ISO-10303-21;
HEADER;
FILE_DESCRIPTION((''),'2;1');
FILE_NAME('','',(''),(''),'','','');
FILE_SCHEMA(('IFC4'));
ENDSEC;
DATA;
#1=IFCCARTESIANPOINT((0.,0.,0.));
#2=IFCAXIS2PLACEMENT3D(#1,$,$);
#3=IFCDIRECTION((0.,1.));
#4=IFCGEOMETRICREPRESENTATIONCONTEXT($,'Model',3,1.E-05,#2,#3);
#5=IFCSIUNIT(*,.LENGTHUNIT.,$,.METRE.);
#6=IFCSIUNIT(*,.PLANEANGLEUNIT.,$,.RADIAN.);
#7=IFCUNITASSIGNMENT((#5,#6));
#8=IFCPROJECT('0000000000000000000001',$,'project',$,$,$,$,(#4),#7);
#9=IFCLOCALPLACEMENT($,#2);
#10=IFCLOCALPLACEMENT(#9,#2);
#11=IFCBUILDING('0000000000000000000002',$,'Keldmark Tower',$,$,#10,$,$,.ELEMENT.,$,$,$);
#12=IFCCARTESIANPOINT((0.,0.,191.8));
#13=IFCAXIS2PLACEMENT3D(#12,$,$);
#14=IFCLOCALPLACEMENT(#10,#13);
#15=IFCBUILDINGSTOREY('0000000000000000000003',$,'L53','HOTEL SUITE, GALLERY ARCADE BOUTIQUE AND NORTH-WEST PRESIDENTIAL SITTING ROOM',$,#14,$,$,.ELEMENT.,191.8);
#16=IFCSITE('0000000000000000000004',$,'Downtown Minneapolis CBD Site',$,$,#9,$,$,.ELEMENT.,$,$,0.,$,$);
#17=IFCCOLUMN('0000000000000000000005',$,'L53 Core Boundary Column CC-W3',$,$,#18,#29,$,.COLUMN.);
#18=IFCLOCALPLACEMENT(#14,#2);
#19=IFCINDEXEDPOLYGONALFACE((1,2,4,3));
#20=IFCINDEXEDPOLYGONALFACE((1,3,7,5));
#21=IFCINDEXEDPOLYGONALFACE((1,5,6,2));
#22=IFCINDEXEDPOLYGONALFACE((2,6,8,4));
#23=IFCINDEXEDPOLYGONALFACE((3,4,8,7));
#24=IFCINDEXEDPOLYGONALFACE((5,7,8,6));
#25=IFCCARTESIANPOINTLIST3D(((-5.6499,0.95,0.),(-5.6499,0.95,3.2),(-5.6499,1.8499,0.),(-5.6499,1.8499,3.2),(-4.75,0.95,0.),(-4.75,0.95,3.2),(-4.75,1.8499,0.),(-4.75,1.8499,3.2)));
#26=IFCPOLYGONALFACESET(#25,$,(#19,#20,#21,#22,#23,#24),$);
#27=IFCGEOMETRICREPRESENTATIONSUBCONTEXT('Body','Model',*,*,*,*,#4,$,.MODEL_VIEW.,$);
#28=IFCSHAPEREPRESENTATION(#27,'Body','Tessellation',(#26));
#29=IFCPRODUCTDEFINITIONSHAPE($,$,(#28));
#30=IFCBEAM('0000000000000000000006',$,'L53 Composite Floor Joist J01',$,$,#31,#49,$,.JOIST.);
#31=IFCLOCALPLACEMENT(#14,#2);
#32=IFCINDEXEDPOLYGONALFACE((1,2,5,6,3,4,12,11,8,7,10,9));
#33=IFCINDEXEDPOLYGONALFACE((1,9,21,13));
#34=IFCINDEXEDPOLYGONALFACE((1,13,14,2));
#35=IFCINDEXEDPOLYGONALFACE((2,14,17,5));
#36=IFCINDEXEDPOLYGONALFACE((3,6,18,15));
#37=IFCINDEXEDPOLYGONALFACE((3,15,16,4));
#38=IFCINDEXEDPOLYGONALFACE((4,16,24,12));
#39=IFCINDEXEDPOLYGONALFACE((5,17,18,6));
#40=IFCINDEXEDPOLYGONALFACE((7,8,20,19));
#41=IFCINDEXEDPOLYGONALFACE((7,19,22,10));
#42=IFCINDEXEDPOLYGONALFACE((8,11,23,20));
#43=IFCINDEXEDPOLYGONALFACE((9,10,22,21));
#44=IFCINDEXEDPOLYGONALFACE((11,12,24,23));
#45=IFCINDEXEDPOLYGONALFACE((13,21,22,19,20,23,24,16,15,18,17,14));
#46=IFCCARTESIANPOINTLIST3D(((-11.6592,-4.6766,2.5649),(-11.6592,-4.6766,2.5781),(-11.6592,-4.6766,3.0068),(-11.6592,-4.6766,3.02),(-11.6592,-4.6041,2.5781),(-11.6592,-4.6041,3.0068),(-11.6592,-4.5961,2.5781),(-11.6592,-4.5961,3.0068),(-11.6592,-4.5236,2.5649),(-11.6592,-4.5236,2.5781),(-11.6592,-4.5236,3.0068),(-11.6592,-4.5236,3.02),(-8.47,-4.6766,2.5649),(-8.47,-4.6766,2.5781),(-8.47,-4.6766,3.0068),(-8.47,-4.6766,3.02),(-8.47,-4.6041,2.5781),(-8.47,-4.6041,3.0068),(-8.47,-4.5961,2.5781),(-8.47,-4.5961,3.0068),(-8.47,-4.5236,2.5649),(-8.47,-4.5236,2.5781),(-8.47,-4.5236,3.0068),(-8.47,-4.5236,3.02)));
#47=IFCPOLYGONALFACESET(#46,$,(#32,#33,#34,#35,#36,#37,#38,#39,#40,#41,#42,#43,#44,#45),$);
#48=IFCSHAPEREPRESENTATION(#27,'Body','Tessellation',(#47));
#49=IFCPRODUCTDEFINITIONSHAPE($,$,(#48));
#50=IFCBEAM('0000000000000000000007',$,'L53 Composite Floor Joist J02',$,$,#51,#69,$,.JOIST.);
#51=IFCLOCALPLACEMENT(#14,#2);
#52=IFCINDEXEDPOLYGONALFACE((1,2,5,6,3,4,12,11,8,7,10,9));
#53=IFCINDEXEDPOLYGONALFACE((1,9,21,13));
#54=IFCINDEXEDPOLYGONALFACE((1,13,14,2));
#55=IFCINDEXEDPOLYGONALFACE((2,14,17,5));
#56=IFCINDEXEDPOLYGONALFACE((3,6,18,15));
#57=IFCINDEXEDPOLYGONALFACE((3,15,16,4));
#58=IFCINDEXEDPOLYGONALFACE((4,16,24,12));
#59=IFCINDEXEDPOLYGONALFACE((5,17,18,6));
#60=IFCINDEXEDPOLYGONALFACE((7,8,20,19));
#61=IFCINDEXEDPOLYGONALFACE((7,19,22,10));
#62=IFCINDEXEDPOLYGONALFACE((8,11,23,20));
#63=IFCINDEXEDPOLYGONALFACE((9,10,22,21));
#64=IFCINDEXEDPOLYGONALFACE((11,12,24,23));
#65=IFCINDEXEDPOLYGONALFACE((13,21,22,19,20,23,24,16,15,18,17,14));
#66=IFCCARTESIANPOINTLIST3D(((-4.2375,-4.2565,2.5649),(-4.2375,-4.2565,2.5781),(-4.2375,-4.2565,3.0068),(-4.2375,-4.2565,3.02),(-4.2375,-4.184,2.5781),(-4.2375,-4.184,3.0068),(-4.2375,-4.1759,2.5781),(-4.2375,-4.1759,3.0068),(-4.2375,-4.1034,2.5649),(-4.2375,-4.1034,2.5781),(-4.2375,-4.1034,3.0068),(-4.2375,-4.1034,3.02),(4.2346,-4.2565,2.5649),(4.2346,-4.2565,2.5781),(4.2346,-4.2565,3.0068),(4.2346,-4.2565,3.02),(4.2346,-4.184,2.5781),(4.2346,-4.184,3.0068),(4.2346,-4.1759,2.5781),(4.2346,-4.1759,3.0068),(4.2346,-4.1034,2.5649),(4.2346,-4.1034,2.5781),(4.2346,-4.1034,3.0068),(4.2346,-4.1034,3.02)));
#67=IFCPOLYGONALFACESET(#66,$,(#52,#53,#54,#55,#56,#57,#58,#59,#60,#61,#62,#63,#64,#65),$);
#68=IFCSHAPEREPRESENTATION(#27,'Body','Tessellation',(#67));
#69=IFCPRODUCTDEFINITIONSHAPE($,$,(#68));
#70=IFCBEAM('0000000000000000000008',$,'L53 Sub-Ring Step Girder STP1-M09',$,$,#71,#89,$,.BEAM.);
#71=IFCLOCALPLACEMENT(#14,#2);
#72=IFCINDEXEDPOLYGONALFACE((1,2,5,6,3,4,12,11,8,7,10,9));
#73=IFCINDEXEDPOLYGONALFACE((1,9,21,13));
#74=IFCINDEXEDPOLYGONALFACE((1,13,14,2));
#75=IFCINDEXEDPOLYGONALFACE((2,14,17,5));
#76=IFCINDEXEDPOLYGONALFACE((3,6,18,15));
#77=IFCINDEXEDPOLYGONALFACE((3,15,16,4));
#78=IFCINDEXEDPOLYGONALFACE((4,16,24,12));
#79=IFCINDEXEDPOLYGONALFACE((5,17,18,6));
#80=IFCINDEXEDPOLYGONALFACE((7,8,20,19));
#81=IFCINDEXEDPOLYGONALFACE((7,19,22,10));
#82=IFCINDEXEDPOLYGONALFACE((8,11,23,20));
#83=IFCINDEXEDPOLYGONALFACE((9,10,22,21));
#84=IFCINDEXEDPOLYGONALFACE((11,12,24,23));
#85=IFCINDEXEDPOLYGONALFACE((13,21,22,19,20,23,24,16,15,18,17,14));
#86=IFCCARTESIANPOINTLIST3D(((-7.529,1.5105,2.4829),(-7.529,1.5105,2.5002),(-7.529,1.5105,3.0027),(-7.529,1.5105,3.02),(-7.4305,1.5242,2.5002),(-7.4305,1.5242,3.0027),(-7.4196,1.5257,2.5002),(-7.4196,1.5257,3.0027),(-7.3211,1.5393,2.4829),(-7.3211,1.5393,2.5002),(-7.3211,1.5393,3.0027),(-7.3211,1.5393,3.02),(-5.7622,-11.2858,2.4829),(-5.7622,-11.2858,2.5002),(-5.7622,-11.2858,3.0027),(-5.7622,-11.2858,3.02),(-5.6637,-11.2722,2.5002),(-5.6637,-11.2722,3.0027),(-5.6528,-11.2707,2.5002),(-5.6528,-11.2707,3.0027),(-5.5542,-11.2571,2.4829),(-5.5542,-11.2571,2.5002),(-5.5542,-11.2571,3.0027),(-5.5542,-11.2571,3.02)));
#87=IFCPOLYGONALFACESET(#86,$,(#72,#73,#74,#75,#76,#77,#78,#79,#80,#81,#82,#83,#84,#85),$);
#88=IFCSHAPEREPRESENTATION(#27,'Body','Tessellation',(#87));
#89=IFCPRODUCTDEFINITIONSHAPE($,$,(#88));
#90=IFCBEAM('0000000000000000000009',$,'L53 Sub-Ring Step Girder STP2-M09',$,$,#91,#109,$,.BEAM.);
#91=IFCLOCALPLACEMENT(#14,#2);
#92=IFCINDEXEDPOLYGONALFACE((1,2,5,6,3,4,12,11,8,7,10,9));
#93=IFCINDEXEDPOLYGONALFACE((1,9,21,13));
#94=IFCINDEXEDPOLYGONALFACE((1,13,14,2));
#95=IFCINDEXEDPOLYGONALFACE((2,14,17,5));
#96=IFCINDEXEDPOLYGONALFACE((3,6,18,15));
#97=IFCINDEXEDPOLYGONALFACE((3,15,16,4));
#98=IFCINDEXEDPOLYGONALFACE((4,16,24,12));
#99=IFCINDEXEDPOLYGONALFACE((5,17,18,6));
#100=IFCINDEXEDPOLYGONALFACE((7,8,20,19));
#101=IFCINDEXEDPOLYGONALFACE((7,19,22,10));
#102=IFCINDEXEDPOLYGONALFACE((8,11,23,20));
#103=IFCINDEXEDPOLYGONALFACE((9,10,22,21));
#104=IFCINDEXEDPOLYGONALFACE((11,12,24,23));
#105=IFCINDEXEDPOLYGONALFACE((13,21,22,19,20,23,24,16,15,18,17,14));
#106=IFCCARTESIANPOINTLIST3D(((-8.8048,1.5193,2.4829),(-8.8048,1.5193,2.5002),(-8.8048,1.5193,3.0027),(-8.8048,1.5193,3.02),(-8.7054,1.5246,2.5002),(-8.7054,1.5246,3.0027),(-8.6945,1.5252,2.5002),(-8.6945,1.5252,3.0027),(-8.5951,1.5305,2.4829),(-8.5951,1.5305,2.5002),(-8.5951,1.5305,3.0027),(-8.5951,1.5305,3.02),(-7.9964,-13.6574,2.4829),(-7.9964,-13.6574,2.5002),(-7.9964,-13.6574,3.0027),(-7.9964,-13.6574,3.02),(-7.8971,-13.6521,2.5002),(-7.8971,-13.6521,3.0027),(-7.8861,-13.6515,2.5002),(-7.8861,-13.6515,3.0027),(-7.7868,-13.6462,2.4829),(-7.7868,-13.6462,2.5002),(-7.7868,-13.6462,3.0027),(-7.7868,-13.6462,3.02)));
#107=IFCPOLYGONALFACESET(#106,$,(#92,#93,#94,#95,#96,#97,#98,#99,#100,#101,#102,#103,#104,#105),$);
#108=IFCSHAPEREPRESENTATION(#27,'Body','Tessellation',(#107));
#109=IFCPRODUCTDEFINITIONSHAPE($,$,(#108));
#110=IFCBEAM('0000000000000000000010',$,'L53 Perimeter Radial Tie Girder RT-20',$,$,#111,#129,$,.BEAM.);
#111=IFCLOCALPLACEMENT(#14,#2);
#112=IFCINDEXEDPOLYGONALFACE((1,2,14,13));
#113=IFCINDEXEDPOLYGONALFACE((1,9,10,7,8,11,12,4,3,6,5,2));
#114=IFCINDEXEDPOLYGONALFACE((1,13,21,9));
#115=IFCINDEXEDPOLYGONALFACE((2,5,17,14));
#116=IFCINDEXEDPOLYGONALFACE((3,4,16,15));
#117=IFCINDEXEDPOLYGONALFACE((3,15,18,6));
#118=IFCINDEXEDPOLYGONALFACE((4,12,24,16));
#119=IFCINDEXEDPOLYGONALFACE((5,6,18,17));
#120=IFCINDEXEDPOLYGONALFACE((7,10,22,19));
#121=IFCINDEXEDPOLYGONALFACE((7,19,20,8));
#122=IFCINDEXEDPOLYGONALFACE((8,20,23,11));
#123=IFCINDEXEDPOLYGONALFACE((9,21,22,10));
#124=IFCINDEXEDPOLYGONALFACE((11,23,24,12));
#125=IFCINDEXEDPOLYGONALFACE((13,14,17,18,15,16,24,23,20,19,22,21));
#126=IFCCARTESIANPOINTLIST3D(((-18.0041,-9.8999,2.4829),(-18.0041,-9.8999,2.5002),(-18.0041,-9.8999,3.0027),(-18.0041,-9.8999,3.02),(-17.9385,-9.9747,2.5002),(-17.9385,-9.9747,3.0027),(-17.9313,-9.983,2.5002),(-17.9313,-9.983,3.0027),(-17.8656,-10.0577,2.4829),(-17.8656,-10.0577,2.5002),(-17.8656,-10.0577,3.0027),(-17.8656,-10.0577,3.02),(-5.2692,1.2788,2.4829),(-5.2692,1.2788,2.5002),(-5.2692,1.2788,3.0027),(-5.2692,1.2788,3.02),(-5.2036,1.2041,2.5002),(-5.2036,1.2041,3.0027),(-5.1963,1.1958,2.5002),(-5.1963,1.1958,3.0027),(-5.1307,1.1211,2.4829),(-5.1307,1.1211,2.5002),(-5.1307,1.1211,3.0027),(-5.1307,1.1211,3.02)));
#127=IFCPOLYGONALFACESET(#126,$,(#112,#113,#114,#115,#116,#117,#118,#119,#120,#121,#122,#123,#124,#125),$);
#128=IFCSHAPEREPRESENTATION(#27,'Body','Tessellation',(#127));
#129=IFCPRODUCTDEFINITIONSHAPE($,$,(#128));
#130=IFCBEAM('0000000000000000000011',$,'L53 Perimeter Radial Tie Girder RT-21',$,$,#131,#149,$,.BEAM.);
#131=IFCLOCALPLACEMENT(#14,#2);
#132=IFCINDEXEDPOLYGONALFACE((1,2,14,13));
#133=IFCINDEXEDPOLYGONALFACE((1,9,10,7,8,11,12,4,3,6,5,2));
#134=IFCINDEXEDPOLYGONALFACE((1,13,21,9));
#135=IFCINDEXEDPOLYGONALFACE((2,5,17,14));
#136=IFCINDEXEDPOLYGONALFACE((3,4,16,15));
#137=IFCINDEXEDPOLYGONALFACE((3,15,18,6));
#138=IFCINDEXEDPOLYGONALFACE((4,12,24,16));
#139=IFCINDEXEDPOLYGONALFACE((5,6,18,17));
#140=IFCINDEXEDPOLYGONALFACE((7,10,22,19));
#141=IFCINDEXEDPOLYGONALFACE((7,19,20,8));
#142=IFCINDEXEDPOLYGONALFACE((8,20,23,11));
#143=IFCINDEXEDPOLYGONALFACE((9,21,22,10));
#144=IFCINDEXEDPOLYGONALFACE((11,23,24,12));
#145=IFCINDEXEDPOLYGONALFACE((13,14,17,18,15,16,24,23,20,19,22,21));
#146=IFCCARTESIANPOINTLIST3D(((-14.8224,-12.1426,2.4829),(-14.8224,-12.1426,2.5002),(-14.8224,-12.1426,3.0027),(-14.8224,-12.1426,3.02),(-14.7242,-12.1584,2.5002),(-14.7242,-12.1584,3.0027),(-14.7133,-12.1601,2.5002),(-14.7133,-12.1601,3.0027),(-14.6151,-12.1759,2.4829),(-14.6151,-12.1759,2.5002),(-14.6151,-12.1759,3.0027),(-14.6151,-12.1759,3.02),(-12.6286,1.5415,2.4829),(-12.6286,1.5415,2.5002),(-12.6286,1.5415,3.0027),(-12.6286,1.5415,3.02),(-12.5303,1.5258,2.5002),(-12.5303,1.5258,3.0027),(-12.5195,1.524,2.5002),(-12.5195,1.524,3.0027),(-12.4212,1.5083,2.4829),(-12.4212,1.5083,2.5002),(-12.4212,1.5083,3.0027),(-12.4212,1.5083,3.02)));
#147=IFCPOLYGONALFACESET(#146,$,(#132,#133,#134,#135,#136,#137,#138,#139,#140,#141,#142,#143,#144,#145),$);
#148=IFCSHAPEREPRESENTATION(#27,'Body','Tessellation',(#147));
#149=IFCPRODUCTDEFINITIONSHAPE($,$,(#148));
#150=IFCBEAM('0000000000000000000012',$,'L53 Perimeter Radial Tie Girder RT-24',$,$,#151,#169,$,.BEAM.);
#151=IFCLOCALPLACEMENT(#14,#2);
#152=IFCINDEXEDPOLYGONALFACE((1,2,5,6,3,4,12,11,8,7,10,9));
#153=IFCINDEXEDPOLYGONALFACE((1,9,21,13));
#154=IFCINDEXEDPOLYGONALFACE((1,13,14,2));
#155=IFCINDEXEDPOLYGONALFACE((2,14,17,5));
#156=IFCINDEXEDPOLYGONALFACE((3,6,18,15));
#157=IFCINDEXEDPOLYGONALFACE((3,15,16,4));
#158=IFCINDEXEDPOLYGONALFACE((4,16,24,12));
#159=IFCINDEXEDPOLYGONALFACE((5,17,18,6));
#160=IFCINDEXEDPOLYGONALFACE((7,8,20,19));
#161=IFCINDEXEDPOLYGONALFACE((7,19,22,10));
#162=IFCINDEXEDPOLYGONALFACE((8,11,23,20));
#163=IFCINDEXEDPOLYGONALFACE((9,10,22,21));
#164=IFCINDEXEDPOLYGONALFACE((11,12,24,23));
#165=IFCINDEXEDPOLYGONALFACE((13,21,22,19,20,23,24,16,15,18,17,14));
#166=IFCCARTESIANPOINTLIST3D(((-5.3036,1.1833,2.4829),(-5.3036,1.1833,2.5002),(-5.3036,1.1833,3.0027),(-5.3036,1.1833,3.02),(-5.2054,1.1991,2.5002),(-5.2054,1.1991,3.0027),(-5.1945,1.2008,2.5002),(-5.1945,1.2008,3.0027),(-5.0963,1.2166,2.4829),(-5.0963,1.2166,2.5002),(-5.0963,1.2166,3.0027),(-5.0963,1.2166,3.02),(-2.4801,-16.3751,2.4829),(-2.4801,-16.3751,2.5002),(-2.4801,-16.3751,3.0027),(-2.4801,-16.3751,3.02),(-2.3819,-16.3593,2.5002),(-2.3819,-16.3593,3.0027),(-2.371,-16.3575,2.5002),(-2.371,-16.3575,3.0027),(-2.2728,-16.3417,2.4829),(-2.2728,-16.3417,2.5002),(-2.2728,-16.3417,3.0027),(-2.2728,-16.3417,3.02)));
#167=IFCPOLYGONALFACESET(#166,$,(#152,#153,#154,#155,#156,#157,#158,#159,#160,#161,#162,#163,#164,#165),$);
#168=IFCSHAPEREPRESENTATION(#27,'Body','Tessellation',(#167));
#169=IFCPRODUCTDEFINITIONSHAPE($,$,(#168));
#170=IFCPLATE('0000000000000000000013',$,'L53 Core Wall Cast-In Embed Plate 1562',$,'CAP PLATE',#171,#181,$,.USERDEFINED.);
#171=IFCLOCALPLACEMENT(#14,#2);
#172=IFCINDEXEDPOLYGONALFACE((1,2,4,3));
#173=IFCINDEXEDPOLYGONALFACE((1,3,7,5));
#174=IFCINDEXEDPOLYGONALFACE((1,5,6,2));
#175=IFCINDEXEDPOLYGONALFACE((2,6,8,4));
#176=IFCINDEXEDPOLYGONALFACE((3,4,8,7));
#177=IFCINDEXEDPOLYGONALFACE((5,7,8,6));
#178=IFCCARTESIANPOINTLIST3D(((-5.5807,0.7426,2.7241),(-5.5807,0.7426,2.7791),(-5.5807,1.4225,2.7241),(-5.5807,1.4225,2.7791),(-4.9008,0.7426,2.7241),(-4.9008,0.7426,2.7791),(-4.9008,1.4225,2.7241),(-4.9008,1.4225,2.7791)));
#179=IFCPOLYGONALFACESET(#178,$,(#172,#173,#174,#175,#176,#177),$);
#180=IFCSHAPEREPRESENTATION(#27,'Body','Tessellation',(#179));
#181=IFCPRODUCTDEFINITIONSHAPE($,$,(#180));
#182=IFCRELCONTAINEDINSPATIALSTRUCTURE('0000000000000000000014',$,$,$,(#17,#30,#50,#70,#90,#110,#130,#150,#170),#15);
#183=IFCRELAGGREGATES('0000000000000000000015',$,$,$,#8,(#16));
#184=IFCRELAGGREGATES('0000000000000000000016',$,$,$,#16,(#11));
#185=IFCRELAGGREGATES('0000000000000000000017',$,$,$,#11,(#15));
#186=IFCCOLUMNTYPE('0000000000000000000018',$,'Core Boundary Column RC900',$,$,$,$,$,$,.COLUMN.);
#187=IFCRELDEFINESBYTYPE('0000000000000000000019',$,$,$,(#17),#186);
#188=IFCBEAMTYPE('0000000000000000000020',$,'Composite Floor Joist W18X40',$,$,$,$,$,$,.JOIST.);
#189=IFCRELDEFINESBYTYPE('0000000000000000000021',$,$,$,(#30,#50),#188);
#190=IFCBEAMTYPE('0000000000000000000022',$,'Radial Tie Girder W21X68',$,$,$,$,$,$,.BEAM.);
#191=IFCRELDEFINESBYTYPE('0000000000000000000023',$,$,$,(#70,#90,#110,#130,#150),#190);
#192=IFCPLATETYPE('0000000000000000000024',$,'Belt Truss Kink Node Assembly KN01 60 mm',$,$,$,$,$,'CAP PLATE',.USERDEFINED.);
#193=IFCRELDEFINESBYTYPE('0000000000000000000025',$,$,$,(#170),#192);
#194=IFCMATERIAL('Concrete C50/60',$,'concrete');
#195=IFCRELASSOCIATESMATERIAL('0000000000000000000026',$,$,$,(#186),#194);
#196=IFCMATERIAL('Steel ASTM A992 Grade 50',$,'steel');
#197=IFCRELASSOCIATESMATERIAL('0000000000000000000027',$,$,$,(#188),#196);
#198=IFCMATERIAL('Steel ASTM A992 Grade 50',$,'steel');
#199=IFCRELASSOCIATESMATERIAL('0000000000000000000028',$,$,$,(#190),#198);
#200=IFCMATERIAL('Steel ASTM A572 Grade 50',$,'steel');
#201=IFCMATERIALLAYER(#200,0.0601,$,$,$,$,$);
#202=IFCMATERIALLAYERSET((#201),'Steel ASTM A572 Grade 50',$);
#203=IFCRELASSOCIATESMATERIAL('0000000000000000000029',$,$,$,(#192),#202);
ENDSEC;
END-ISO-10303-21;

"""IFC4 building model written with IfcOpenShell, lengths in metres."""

from ifc_helpers import new_model, si_unit, direction, frame, origin, origin_2d, place, context, subcontext, project, spatial, rectangle, i_section, extrude, material, layer, layer_set, material_profile, profile_set, type_object, element, save


model = new_model("IFC4")

# Units and contexts
model_context = context("Model", 3, precision=1e-05, world=origin(), true_north=direction((0.0, 1.0)))
body_context = subcontext(model_context, "Body", "Model", "MODEL_VIEW")
ifc_project = project(units=[si_unit("LENGTHUNIT", "METRE"), si_unit("PLANEANGLEUNIT", "RADIAN")], contexts=[model_context])

# Site, building, storey
site_placement = place(None, origin())
site = spatial("IfcSite", under=ifc_project, at=site_placement, Name="Downtown Minneapolis CBD Site", CompositionType="ELEMENT", RefElevation=0.0)
building_placement = place(site_placement, origin())
building = spatial("IfcBuilding", under=site, at=building_placement, Name="Keldmark Tower", CompositionType="ELEMENT")
storey_placement = place(building_placement, frame((0.0, 0.0, 191.8)))
storey = spatial("IfcBuildingStorey", under=building, at=storey_placement, Name="L53", Description="HOTEL SUITE, GALLERY ARCADE BOUTIQUE AND NORTH-WEST PRESIDENTIAL SITTING ROOM", CompositionType="ELEMENT", Elevation=191.8)

# Column
ifc_material_1 = material(Name="Concrete C50/60", Category="concrete")
ifc_material_profile_1 = material_profile(ifc_material_1, rectangle(XDim=0.8999, YDim=0.8999, at=origin_2d()), Name="RC900X900")
ifc_profile_set_1 = profile_set([ifc_material_profile_1], Name="Concrete C50/60")
column_type = type_object("IfcColumnType", Name="Core Boundary Column RC900", PredefinedType="COLUMN", material=ifc_profile_set_1)
column_placement = place(storey_placement, frame((-5.2, 1.3999, 0.0), z_axis=(0.0, 0.0, 1.0), x_axis=(1.0, 0.0, 0.0)))
element("IfcColumn", 1, at=column_placement, inside=storey, type_object=column_type, Name="L53 Core Boundary Column CC-W3", PredefinedType="COLUMN", context=body_context, shape_type="SweptSolid", body=[
    extrude(rectangle(XDim=0.8999, YDim=0.8999, at=origin_2d()), origin(), (0.0, 0.0, 1.0), 3.2),
])

# Beams
ifc_material_2 = material(Name="Steel ASTM A992 Grade 50", Category="steel")
ifc_material_profile_2 = material_profile(ifc_material_2, i_section(OverallWidth=0.1531, OverallDepth=0.4551, WebThickness=0.0081, FlangeThickness=0.0132, at=origin_2d()), Name="W18X40")
ifc_profile_set_2 = profile_set([ifc_material_profile_2], Name="Steel ASTM A992 Grade 50")
beam_type_1 = type_object("IfcBeamType", Name="Composite Floor Joist W18X40", PredefinedType="JOIST", material=ifc_profile_set_2)
beam_1_placement = place(storey_placement, frame((-11.6592, -4.6001, 2.7925), z_axis=(1.0, 0.0, 0.0), x_axis=(0.0, 1.0, 0.0)))
element("IfcBeam", 2, at=beam_1_placement, inside=storey, type_object=beam_type_1, Name="L53 Composite Floor Joist J01", PredefinedType="JOIST", context=body_context, shape_type="SweptSolid", body=[
    extrude(i_section(OverallWidth=0.1531, OverallDepth=0.4551, WebThickness=0.0081, FlangeThickness=0.0132, at=origin_2d()), origin(), (0.0, 0.0, 1.0), 3.1892),
])
beam_2_placement = place(storey_placement, frame((-4.2375, -4.1799, 2.7925), z_axis=(1.0, 0.0, 0.0), x_axis=(0.0, 1.0, 0.0)))
element("IfcBeam", 3, at=beam_2_placement, inside=storey, type_object=beam_type_1, Name="L53 Composite Floor Joist J02", PredefinedType="JOIST", context=body_context, shape_type="SweptSolid", body=[
    extrude(i_section(OverallWidth=0.1531, OverallDepth=0.4551, WebThickness=0.0081, FlangeThickness=0.0132, at=origin_2d()), origin(), (0.0, 0.0, 1.0), 8.4722),
])
ifc_material_3 = material(Name="Steel ASTM A992 Grade 50", Category="steel")
ifc_material_profile_3 = material_profile(ifc_material_3, i_section(OverallWidth=0.21, OverallDepth=0.5371, WebThickness=0.011, FlangeThickness=0.0173, at=origin_2d()), Name="W21X68")
ifc_profile_set_3 = profile_set([ifc_material_profile_3], Name="Steel ASTM A992 Grade 50")
beam_type_2 = type_object("IfcBeamType", Name="Radial Tie Girder W21X68", PredefinedType="BEAM", material=ifc_profile_set_3)
beam_3_placement = place(storey_placement, frame((-7.425, 1.5249, 2.7515), z_axis=(0.136776, -0.990602, 0.0), x_axis=(0.990602, 0.136776, 0.0)))
element("IfcBeam", 4, at=beam_3_placement, inside=storey, type_object=beam_type_2, Name="L53 Sub-Ring Step Girder STP1-M09", PredefinedType="BEAM", context=body_context, shape_type="SweptSolid", body=[
    extrude(i_section(OverallWidth=0.21, OverallDepth=0.5371, WebThickness=0.011, FlangeThickness=0.0173, at=origin_2d()), origin(), (0.0, 0.0, 1.0), 12.9177),
])
beam_4_placement = place(storey_placement, frame((-8.7, 1.5249, 2.7515), z_axis=(0.053187, -0.998585, 0.0), x_axis=(0.998585, 0.053187, 0.0)))
element("IfcBeam", 5, at=beam_4_placement, inside=storey, type_object=beam_type_2, Name="L53 Sub-Ring Step Girder STP2-M09", PredefinedType="BEAM", context=body_context, shape_type="SweptSolid", body=[
    extrude(i_section(OverallWidth=0.21, OverallDepth=0.5371, WebThickness=0.011, FlangeThickness=0.0173, at=origin_2d()), origin(), (0.0, 0.0, 1.0), 15.1982),
])
beam_5_placement = place(storey_placement, frame((-5.2, 1.2, 2.7515), z_axis=(-0.751532, -0.659697, 0.0), x_axis=(0.659697, -0.751532, 0.0)))
element("IfcBeam", 6, at=beam_5_placement, inside=storey, type_object=beam_type_2, Name="L53 Perimeter Radial Tie Girder RT-20", PredefinedType="BEAM", context=body_context, shape_type="SweptSolid", body=[
    extrude(i_section(OverallWidth=0.21, OverallDepth=0.5371, WebThickness=0.011, FlangeThickness=0.0173, at=origin_2d()), origin(), (0.0, 0.0, 1.0), 16.9453),
])
beam_6_placement = place(storey_placement, frame((-12.5249, 1.5249, 2.7515), z_axis=(-0.1583, -0.987391, 0.0), x_axis=(0.987391, -0.1583, 0.0)))
element("IfcBeam", 7, at=beam_6_placement, inside=storey, type_object=beam_type_2, Name="L53 Perimeter Radial Tie Girder RT-21", PredefinedType="BEAM", context=body_context, shape_type="SweptSolid", body=[
    extrude(i_section(OverallWidth=0.21, OverallDepth=0.5371, WebThickness=0.011, FlangeThickness=0.0173, at=origin_2d()), origin(), (0.0, 0.0, 1.0), 13.8589),
])
beam_7_placement = place(storey_placement, frame((-5.2, 1.2, 2.7515), z_axis=(0.158766, -0.987316, 0.0), x_axis=(0.987316, 0.158766, 0.0)))
element("IfcBeam", 8, at=beam_7_placement, inside=storey, type_object=beam_type_2, Name="L53 Perimeter Radial Tie Girder RT-24", PredefinedType="BEAM", context=body_context, shape_type="SweptSolid", body=[
    extrude(i_section(OverallWidth=0.21, OverallDepth=0.5371, WebThickness=0.011, FlangeThickness=0.0173, at=origin_2d()), origin(), (0.0, 0.0, 1.0), 17.7839),
])

# Plate
ifc_material_4 = material(Name="Steel ASTM A572 Grade 50", Category="steel")
ifc_layer_1 = layer(ifc_material_4, 0.0601)
ifc_layer_set_1 = layer_set([ifc_layer_1], Name="Steel ASTM A572 Grade 50")
plate_type = type_object("IfcPlateType", Name="Belt Truss Kink Node Assembly KN01 60 mm", ElementType="CAP PLATE", PredefinedType="USERDEFINED", material=ifc_layer_set_1)
for number, where, z_axis, x_axis, name in (
    (9, (-5.2407, 1.0825, 2.7241), (0.0, 0.0, 1.0), (1.0, 0.0, 0.0), "L53 Core Wall Cast-In Embed Plate 1562"),
):
    element("IfcPlate", number, at=place(storey_placement, frame(where, z_axis=z_axis, x_axis=x_axis)), inside=storey, type_object=plate_type, Name=name, ObjectType="CAP PLATE", PredefinedType="USERDEFINED", context=body_context, shape_type="SweptSolid", body=[
        extrude(rectangle(XDim=0.6799, YDim=0.6799, at=origin_2d()), origin(), (0.0, 0.0, 1.0), 0.0549),
    ])

save(model, "model.ifc")
